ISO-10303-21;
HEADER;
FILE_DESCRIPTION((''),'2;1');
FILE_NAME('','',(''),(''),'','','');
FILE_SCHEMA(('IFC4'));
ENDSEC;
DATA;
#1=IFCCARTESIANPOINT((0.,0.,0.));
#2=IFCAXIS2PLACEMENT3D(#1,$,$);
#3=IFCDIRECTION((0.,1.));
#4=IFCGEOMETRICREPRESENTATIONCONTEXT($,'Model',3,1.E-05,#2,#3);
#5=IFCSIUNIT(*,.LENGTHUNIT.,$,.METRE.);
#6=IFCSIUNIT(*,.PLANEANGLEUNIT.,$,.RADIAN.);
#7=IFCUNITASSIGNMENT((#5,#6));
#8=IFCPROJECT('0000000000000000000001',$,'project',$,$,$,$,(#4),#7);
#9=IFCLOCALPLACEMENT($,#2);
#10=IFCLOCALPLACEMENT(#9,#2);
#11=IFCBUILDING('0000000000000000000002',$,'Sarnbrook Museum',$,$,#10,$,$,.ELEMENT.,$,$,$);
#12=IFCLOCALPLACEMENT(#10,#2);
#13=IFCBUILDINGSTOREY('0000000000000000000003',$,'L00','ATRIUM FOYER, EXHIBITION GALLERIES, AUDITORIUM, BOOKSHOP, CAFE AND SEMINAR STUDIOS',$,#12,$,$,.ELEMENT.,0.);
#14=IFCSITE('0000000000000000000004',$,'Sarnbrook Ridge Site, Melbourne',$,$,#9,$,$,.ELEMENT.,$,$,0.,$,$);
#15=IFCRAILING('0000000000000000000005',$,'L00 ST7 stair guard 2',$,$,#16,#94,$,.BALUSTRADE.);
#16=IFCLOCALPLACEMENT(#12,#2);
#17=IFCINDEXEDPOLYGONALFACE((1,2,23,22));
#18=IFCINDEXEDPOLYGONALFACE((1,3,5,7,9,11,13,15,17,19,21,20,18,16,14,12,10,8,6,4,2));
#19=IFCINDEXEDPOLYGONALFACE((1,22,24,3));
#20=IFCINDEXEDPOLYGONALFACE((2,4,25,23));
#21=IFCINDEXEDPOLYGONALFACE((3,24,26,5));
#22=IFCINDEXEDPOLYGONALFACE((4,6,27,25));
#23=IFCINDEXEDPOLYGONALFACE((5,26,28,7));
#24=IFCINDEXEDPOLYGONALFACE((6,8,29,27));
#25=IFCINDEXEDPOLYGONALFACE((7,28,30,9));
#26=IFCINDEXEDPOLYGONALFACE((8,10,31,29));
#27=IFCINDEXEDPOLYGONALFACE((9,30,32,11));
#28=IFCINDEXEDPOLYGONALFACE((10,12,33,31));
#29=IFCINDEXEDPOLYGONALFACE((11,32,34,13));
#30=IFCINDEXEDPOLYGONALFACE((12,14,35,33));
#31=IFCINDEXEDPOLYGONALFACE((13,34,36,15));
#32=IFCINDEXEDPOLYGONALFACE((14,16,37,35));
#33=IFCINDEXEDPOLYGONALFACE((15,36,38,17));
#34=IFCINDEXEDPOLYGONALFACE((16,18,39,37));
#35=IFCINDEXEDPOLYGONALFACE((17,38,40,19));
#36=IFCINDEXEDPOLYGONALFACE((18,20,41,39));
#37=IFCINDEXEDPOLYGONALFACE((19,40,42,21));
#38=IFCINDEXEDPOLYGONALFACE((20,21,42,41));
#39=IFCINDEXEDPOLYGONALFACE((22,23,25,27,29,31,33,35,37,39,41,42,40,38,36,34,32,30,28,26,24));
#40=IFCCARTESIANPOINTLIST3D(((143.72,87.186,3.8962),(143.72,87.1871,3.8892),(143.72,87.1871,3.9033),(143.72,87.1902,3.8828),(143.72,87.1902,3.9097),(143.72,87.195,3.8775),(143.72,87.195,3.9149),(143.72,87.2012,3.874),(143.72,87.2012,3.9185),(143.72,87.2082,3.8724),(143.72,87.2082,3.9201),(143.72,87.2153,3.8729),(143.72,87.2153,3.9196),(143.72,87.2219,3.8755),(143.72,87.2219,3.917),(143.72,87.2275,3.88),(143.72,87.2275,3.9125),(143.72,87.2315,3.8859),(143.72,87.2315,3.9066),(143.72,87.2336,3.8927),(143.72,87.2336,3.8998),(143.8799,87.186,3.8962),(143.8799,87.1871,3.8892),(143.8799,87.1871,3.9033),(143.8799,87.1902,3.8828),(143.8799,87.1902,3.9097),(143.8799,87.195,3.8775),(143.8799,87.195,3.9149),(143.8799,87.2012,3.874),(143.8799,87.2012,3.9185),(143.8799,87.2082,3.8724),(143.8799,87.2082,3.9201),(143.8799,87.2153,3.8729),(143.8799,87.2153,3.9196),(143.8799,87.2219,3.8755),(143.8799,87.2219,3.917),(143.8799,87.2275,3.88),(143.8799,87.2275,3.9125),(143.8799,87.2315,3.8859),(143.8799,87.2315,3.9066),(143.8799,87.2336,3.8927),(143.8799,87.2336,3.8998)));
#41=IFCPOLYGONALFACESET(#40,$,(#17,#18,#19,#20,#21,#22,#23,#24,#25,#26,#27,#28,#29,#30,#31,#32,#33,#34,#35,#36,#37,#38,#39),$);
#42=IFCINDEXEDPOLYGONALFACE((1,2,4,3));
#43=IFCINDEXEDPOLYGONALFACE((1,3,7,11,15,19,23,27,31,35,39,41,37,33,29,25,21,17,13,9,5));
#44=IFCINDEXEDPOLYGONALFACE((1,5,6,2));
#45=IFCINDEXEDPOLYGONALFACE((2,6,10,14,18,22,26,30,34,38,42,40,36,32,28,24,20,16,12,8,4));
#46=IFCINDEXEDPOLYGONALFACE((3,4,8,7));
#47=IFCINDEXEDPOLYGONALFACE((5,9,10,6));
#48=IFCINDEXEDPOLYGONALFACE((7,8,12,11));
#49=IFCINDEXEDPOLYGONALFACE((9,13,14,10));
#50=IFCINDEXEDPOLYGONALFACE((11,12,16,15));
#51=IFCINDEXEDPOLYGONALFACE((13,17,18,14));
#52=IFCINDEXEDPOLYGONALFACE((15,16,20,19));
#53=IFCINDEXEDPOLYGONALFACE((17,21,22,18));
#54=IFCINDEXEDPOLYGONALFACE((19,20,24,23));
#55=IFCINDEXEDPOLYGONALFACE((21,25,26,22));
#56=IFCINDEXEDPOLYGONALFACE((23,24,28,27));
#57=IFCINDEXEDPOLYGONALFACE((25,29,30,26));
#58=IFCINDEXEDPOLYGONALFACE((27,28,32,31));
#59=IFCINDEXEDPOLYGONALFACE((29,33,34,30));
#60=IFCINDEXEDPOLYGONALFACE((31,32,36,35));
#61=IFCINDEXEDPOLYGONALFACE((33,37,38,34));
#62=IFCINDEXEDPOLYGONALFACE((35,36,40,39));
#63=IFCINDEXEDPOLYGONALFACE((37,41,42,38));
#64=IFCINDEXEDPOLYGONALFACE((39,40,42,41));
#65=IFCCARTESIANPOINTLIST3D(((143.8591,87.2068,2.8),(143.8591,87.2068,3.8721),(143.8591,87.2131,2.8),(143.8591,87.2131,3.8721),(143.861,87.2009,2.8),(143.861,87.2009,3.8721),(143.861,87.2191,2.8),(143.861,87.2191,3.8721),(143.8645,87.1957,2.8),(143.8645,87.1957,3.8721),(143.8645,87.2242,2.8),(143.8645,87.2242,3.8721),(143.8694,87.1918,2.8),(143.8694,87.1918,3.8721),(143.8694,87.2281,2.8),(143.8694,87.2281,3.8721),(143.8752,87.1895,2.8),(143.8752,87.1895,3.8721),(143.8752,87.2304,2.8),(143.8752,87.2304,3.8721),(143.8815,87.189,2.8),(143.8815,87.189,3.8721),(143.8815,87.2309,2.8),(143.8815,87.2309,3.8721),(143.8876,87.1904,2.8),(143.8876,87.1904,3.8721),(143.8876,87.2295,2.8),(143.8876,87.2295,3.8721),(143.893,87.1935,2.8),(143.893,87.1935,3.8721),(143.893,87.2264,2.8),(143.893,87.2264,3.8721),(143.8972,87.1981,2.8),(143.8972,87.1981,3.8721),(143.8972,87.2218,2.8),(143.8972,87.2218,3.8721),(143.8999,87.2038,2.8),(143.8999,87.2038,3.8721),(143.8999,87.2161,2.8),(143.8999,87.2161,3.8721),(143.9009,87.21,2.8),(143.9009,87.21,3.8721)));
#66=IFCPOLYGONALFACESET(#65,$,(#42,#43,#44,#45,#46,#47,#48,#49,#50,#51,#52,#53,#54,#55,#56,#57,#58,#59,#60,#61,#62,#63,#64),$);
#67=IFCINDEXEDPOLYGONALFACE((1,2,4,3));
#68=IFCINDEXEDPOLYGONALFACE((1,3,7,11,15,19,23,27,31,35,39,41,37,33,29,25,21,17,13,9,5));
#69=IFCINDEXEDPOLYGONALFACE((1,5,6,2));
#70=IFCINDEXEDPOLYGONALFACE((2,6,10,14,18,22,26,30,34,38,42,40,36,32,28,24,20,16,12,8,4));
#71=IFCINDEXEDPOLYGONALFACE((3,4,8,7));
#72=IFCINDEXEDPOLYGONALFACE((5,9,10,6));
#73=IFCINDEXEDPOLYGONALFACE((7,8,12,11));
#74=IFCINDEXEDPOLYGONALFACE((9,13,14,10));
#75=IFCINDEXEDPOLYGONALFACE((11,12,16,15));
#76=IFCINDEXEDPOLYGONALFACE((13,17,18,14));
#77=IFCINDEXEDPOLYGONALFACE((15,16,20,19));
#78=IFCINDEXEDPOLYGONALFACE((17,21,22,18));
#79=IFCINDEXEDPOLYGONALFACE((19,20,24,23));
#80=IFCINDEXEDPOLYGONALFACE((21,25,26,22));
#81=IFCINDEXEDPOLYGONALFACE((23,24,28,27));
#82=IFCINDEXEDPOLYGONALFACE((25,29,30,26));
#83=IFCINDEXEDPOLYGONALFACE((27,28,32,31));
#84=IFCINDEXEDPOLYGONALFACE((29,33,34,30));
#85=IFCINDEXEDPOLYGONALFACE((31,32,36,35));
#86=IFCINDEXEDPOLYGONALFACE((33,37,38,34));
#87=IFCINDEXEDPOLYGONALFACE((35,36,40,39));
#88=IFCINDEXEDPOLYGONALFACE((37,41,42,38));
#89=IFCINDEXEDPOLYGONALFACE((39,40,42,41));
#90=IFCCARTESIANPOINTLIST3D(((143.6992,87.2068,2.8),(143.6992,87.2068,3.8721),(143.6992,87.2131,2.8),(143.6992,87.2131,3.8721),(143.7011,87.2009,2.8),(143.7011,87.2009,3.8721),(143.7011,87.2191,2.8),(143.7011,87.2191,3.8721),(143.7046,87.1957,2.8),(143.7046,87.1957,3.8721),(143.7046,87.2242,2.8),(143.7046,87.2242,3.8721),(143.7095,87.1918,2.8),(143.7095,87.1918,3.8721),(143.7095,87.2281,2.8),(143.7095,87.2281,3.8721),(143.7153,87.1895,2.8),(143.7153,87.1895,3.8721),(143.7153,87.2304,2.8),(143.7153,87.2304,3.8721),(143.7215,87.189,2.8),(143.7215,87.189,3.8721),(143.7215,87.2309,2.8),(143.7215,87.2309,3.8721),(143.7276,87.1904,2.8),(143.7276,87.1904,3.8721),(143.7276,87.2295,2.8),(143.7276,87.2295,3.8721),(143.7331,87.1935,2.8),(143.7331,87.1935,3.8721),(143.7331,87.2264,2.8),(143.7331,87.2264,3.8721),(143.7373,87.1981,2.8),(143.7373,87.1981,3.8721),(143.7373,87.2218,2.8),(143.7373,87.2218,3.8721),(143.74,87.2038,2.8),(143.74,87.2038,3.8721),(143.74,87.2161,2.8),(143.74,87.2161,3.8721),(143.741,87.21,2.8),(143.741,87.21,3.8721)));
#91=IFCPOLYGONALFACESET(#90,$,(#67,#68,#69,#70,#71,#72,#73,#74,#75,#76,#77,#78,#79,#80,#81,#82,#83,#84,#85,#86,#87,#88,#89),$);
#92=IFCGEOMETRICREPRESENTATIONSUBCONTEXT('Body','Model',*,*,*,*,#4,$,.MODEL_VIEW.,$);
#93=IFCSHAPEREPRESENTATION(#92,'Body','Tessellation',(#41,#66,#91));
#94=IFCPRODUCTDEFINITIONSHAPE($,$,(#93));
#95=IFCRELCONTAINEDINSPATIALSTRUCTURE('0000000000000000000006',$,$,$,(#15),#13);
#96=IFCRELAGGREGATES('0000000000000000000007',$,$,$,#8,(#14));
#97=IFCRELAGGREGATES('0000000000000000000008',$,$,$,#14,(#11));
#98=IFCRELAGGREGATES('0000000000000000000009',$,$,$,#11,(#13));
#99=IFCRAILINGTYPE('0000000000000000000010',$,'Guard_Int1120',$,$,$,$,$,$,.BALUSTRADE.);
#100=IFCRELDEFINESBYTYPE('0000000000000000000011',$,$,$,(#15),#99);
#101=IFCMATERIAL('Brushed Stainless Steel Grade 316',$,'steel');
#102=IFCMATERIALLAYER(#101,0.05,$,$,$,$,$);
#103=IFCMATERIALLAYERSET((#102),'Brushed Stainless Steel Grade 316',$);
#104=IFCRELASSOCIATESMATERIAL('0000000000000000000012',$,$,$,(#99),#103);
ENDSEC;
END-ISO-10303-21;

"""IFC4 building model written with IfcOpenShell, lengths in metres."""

from ifc_helpers import new_model, si_unit, direction, frame, origin, origin_2d, place, context, subcontext, project, spatial, circle, extrude, material, layer, layer_set, type_object, element, save


model = new_model("IFC4")

# Units and contexts
model_context = context("Model", 3, precision=1e-05, world=origin(), true_north=direction((0.0, 1.0)))
body_context = subcontext(model_context, "Body", "Model", "MODEL_VIEW")
ifc_project = project(units=[si_unit("LENGTHUNIT", "METRE"), si_unit("PLANEANGLEUNIT", "RADIAN")], contexts=[model_context])

# Site, building, storey
site_placement = place(None, origin())
site = spatial("IfcSite", under=ifc_project, at=site_placement, Name="Sarnbrook Ridge Site, Melbourne", CompositionType="ELEMENT", RefElevation=0.0)
building_placement = place(site_placement, origin())
building = spatial("IfcBuilding", under=site, at=building_placement, Name="Sarnbrook Museum", CompositionType="ELEMENT")
storey_placement = place(building_placement, origin())
storey = spatial("IfcBuildingStorey", under=building, at=storey_placement, Name="L00", Description="ATRIUM FOYER, EXHIBITION GALLERIES, AUDITORIUM, BOOKSHOP, CAFE AND SEMINAR STUDIOS", CompositionType="ELEMENT", Elevation=0.0)

# Railing
ifc_material_1 = material(Name="Brushed Stainless Steel Grade 316", Category="steel")
ifc_layer_1 = layer(ifc_material_1, 0.05)
ifc_layer_set_1 = layer_set([ifc_layer_1], Name="Brushed Stainless Steel Grade 316")
railing_type_1 = type_object("IfcRailingType", Name="Guard_Int1120", PredefinedType="BALUSTRADE", material=ifc_layer_set_1)
railing_1_placement = place(storey_placement, frame((143.8799, 87.21, 2.8)))
element("IfcRailing", 1, at=railing_1_placement, inside=storey, type_object=railing_type_1, Name="L00 ST7 stair guard 2", PredefinedType="BALUSTRADE", context=body_context, shape_type="SweptSolid", body=[
    extrude(circle(Radius=0.0239, at=origin_2d()), frame((0.0, 0.0, 1.0962), z_axis=(-1.0, 0.0, 0.0), x_axis=(0.0, -1.0, 0.0)), (0.0, 0.0, 1.0), 0.1599),
    extrude(circle(Radius=0.021, at=origin_2d()), origin(), (0.0, 0.0, 1.0), 1.072),
    extrude(circle(Radius=0.021, at=origin_2d()), frame((-0.1599, 0.0, 0.0)), (0.0, 0.0, 1.0), 1.072),
])

save(model, "model.ifc")
